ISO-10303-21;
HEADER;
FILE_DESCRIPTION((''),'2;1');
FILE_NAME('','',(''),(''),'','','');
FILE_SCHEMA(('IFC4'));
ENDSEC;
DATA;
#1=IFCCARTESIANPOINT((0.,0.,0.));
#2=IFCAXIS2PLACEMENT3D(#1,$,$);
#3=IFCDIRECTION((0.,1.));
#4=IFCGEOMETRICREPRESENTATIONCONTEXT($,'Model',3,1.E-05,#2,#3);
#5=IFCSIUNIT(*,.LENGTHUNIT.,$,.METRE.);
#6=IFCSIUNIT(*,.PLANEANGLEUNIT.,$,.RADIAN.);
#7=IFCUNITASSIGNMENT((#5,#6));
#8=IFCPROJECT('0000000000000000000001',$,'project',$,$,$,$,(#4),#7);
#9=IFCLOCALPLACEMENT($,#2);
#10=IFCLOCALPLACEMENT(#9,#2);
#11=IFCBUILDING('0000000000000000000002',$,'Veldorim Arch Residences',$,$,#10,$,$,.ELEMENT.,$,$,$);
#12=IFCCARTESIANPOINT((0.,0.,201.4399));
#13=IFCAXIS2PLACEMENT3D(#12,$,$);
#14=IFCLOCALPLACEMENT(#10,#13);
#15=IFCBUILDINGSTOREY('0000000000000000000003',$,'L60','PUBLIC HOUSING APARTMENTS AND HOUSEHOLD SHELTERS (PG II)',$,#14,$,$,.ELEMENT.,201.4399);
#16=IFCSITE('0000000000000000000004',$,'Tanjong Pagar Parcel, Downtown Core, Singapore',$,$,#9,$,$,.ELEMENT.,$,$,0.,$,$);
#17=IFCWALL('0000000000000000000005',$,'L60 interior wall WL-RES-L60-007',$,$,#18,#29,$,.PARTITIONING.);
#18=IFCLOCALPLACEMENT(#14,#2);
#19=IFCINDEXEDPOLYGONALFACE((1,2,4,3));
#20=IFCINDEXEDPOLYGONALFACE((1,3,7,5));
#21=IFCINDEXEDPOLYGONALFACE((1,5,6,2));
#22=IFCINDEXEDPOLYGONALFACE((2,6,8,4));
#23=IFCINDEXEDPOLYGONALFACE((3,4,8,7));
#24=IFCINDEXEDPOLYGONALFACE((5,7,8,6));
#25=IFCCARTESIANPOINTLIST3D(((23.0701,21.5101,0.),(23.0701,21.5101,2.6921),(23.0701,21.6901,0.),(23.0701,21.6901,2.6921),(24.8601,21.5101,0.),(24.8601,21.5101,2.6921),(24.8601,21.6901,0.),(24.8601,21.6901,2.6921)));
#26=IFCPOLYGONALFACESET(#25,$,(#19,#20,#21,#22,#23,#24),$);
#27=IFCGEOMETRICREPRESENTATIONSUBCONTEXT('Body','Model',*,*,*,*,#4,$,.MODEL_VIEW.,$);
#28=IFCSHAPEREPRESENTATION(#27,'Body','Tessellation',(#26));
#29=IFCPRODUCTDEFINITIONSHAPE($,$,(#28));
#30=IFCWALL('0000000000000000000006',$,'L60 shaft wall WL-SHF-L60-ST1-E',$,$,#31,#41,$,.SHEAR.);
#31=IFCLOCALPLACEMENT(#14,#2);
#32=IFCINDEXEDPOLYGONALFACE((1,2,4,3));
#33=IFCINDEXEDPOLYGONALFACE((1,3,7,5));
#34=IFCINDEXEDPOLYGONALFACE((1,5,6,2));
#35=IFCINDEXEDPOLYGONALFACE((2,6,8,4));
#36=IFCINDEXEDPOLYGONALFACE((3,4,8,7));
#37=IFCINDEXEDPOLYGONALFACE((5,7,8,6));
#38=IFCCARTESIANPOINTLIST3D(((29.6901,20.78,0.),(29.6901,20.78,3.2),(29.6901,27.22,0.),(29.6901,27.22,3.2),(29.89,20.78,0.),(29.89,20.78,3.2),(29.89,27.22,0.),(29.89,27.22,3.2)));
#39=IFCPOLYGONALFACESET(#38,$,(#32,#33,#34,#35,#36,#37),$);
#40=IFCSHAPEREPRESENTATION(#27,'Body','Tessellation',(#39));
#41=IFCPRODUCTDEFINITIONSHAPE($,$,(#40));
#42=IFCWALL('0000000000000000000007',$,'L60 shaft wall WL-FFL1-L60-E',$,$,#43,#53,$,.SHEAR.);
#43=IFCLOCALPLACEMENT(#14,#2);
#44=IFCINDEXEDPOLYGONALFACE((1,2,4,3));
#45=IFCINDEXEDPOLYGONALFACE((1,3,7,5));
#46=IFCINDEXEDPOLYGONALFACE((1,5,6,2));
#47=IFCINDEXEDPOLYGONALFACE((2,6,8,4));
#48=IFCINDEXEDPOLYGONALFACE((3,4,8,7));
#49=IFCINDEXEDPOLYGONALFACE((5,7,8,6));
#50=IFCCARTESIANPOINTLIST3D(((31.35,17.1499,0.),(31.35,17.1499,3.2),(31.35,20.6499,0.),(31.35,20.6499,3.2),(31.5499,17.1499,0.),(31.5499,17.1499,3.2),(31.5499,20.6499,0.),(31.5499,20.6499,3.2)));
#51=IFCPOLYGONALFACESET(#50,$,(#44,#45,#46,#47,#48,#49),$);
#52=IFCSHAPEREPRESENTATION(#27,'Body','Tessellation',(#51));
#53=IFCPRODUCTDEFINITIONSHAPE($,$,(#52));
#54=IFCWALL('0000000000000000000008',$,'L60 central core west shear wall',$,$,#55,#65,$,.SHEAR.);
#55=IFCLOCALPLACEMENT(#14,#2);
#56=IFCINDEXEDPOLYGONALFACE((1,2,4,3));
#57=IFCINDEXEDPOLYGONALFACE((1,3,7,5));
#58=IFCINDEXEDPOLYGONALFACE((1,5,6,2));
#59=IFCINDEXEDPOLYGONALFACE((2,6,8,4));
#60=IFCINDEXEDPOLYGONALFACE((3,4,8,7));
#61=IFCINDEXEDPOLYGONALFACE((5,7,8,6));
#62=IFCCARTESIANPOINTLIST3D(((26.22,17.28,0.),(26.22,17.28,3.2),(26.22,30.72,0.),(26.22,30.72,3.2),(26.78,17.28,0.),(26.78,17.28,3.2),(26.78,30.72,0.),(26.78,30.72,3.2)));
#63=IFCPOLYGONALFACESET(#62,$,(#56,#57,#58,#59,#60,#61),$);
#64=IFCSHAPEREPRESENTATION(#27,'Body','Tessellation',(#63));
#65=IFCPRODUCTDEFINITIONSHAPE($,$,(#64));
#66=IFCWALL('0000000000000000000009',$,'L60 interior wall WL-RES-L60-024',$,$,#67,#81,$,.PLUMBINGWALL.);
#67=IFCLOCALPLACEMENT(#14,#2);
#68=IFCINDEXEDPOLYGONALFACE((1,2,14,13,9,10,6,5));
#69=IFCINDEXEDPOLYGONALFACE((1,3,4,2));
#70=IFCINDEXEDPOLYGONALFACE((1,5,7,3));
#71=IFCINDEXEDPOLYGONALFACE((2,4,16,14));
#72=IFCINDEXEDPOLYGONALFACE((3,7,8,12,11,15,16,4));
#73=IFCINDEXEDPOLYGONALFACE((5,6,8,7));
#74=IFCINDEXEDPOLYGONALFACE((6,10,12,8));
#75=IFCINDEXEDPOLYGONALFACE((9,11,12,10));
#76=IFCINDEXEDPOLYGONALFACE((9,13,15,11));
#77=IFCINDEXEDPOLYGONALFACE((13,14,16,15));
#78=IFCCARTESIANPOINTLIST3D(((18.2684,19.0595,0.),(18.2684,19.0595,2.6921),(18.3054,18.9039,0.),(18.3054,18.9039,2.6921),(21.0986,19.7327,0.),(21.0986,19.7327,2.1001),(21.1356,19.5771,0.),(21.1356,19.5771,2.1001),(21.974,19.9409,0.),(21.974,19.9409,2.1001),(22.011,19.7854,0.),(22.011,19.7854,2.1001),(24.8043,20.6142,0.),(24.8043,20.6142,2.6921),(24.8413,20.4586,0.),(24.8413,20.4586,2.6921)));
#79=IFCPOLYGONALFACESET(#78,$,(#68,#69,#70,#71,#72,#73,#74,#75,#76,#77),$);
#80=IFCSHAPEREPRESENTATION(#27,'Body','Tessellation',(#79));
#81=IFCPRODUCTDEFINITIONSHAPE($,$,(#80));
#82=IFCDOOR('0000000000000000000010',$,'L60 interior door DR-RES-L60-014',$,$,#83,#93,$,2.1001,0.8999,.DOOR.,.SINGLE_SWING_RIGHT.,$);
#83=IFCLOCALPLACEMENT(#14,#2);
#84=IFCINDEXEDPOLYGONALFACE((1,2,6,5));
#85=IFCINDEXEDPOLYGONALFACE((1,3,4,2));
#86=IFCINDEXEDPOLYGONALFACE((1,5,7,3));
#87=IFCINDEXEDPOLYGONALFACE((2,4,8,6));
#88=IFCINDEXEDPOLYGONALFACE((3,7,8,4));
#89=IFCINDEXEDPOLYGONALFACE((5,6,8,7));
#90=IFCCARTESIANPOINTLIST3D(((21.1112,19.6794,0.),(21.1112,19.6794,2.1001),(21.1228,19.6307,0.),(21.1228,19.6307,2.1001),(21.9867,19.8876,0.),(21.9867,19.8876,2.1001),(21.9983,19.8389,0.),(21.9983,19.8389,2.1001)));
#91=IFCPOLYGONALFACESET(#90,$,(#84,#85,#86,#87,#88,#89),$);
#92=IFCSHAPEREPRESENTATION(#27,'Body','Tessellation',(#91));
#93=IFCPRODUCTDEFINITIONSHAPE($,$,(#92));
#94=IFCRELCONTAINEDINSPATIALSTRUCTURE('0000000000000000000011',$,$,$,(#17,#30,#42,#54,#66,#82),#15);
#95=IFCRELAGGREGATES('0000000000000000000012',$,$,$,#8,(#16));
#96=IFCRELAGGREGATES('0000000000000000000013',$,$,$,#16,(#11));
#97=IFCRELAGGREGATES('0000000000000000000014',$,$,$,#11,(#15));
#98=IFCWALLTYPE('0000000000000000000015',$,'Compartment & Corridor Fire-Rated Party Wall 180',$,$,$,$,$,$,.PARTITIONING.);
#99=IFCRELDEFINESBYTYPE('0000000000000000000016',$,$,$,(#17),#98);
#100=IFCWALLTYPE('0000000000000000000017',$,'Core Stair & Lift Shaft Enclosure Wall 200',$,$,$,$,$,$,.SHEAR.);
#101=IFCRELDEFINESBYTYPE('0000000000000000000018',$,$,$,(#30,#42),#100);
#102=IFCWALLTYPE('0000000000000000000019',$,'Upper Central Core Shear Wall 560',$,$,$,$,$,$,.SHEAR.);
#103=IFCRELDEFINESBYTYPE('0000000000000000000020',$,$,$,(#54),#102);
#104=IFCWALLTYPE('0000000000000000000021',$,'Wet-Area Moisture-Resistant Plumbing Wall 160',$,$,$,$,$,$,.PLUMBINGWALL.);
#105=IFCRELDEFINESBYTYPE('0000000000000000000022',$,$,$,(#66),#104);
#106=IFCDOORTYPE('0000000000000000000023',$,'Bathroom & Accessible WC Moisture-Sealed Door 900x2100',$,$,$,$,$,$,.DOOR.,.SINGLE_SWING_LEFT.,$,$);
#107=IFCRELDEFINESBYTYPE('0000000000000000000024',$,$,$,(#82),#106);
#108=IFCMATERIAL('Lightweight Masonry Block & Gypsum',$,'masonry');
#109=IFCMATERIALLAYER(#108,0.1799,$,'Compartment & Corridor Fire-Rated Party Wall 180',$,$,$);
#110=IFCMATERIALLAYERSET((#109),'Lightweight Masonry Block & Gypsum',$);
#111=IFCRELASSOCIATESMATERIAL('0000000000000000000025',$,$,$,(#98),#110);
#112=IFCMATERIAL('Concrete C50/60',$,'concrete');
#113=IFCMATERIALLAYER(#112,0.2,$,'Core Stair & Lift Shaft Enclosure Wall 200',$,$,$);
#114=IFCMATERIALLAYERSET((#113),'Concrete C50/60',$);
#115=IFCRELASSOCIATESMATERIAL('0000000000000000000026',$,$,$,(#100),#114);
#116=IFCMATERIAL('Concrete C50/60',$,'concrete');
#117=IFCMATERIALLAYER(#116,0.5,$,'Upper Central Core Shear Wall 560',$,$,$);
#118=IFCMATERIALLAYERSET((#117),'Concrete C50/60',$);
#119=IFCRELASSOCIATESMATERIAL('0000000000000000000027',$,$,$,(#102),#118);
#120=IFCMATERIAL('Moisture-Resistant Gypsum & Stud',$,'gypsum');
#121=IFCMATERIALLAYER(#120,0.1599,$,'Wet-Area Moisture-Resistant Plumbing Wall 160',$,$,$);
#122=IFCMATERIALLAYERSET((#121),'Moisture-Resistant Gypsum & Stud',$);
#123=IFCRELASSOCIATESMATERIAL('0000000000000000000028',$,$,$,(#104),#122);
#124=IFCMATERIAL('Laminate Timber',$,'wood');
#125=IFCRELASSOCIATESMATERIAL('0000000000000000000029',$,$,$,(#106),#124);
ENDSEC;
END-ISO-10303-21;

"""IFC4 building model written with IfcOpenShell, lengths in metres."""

from ifc_helpers import new_model, si_unit, direction, frame, frame_2d, origin, place, context, subcontext, project, spatial, rectangle, extrude, material, layer, layer_set, type_object, element, fill, save


model = new_model("IFC4")

# Units and contexts
model_context = context("Model", 3, precision=1e-05, world=origin(), true_north=direction((0.0, 1.0)))
body_context = subcontext(model_context, "Body", "Model", "MODEL_VIEW")
ifc_project = project(units=[si_unit("LENGTHUNIT", "METRE"), si_unit("PLANEANGLEUNIT", "RADIAN")], contexts=[model_context])

# Site, building, storey
site_placement = place(None, origin())
site = spatial("IfcSite", under=ifc_project, at=site_placement, Name="Tanjong Pagar Parcel, Downtown Core, Singapore", CompositionType="ELEMENT", RefElevation=0.0)
building_placement = place(site_placement, origin())
building = spatial("IfcBuilding", under=site, at=building_placement, Name="Veldorim Arch Residences", CompositionType="ELEMENT")
storey_placement = place(building_placement, frame((0.0, 0.0, 201.4399)))
storey = spatial("IfcBuildingStorey", under=building, at=storey_placement, Name="L60", Description="PUBLIC HOUSING APARTMENTS AND HOUSEHOLD SHELTERS (PG II)", CompositionType="ELEMENT", Elevation=201.4399)

# Walls
ifc_material_1 = material(Name="Lightweight Masonry Block & Gypsum", Category="masonry")
ifc_layer_1 = layer(ifc_material_1, 0.1799, Name="Compartment & Corridor Fire-Rated Party Wall 180")
ifc_layer_set_1 = layer_set([ifc_layer_1], Name="Lightweight Masonry Block & Gypsum")
wall_type_1 = type_object("IfcWallType", Name="Compartment & Corridor Fire-Rated Party Wall 180", PredefinedType="PARTITIONING", material=ifc_layer_set_1)
wall_1_placement = place(storey_placement, frame((24.8601, 21.6001, 0.0), z_axis=(0.0, 0.0, 1.0), x_axis=(-1.0, 0.0, 0.0)))
element("IfcWall", 1, at=wall_1_placement, inside=storey, type_object=wall_type_1, Name="L60 interior wall WL-RES-L60-007", PredefinedType="PARTITIONING", context=body_context, shape_type="SweptSolid", body=[
    extrude(rectangle(XDim=1.79, YDim=0.1799, at=frame_2d((0.895, 0.0))), origin(), (0.0, 0.0, 1.0), 2.6921),
])
ifc_material_2 = material(Name="Concrete C50/60", Category="concrete")
ifc_layer_2 = layer(ifc_material_2, 0.2, Name="Core Stair & Lift Shaft Enclosure Wall 200")
ifc_layer_set_2 = layer_set([ifc_layer_2], Name="Concrete C50/60")
wall_type_2 = type_object("IfcWallType", Name="Core Stair & Lift Shaft Enclosure Wall 200", PredefinedType="SHEAR", material=ifc_layer_set_2)
wall_2_placement = place(storey_placement, frame((29.79, 20.78, 0.0), z_axis=(0.0, 0.0, 1.0), x_axis=(0.0, 1.0, 0.0)))
element("IfcWall", 2, at=wall_2_placement, inside=storey, type_object=wall_type_2, Name="L60 shaft wall WL-SHF-L60-ST1-E", PredefinedType="SHEAR", context=body_context, shape_type="SweptSolid", body=[
    extrude(rectangle(XDim=6.4399, YDim=0.2, at=frame_2d((3.22, 0.0))), origin(), (0.0, 0.0, 1.0), 3.2),
])

# Wall
wall_3_placement = place(storey_placement, frame((31.45, 17.1499, 0.0), z_axis=(0.0, 0.0, 1.0), x_axis=(0.0, 1.0, 0.0)))
element("IfcWall", 3, at=wall_3_placement, inside=storey, type_object=wall_type_2, Name="L60 shaft wall WL-FFL1-L60-E", PredefinedType="SHEAR", context=body_context, shape_type="SweptSolid", body=[
    extrude(rectangle(XDim=3.5, YDim=0.2, at=frame_2d((1.75, 0.0))), origin(), (0.0, 0.0, 1.0), 3.2),
])

# Shared definitions
ifc_material_3 = material(Name="Concrete C50/60", Category="concrete")
ifc_layer_3 = layer(ifc_material_3, 0.5, Name="Upper Central Core Shear Wall 560")
ifc_layer_set_3 = layer_set([ifc_layer_3], Name="Concrete C50/60")
wall_type_3 = type_object("IfcWallType", Name="Upper Central Core Shear Wall 560", PredefinedType="SHEAR", material=ifc_layer_set_3)

# Wall
wall_4_placement = place(storey_placement, frame((26.5, 17.28, 0.0), z_axis=(0.0, 0.0, 1.0), x_axis=(0.0, 1.0, 0.0)))
element("IfcWall", 4, at=wall_4_placement, inside=storey, type_object=wall_type_3, Name="L60 central core west shear wall", PredefinedType="SHEAR", context=body_context, shape_type="SweptSolid", body=[
    extrude(rectangle(XDim=13.4399, YDim=0.5601, at=frame_2d((6.72, 0.0))), origin(), (0.0, 0.0, 1.0), 3.2),
])

# Wall, opening, door
ifc_material_4 = material(Name="Moisture-Resistant Gypsum & Stud", Category="gypsum")
ifc_layer_4 = layer(ifc_material_4, 0.1599, Name="Wet-Area Moisture-Resistant Plumbing Wall 160")
ifc_layer_set_4 = layer_set([ifc_layer_4], Name="Moisture-Resistant Gypsum & Stud")
wall_type_4 = type_object("IfcWallType", Name="Wet-Area Moisture-Resistant Plumbing Wall 160", PredefinedType="PLUMBINGWALL", material=ifc_layer_set_4)
wall_5_placement = place(storey_placement, frame((24.8228, 20.5364, 0.0), z_axis=(0.0, 0.0, 1.0), x_axis=(-0.972856, -0.231413, 0.0)))
wall_5 = element("IfcWall", 5, at=wall_5_placement, inside=storey, type_object=wall_type_4, Name="L60 interior wall WL-RES-L60-024", PredefinedType="PLUMBINGWALL", context=body_context, shape_type="SweptSolid", body=[
    extrude(rectangle(XDim=6.7183, YDim=0.1599, at=frame_2d((3.3591, 0.0))), origin(), (0.0, 0.0, 1.0), 2.6921),
])
opening_1_placement = place(wall_5_placement, frame((2.9092, 0.0, 0.0)))
opening_1 = element("IfcOpeningElement", 6, at=opening_1_placement, cuts=wall_5, PredefinedType="OPENING", context=body_context, shape_type="SweptSolid", body=[
    extrude(rectangle(XDim=0.8999, YDim=2.1001, at=frame_2d((0.45, 1.05))), frame((0.0, 0.0898, 0.0), z_axis=(0.0, -1.0, 0.0), x_axis=(1.0, 0.0, 0.0)), (0.0, 0.0, 1.0), 0.1799),
])
ifc_material_5 = material(Name="Laminate Timber", Category="wood")
door_type_1 = type_object("IfcDoorType", Name="Bathroom & Accessible WC Moisture-Sealed Door 900x2100", OperationType="SINGLE_SWING_LEFT", PredefinedType="DOOR", material=ifc_material_5)
door_1_placement = place(opening_1_placement, origin())
door_1 = element("IfcDoor", 7, at=door_1_placement, inside=storey, type_object=door_type_1, Name="L60 interior door DR-RES-L60-014", OperationType="SINGLE_SWING_RIGHT", OverallHeight=2.1001, OverallWidth=0.8999, PredefinedType="DOOR", context=body_context, shape_type="SweptSolid", body=[
    extrude(rectangle(XDim=0.8999, YDim=2.1001, at=frame_2d((0.45, 1.05))), frame((0.0, 0.0249, 0.0), z_axis=(0.0, -1.0, 0.0), x_axis=(1.0, 0.0, 0.0)), (0.0, 0.0, 1.0), 0.05),
])
fill(opening_1, door_1)

save(model, "model.ifc")
